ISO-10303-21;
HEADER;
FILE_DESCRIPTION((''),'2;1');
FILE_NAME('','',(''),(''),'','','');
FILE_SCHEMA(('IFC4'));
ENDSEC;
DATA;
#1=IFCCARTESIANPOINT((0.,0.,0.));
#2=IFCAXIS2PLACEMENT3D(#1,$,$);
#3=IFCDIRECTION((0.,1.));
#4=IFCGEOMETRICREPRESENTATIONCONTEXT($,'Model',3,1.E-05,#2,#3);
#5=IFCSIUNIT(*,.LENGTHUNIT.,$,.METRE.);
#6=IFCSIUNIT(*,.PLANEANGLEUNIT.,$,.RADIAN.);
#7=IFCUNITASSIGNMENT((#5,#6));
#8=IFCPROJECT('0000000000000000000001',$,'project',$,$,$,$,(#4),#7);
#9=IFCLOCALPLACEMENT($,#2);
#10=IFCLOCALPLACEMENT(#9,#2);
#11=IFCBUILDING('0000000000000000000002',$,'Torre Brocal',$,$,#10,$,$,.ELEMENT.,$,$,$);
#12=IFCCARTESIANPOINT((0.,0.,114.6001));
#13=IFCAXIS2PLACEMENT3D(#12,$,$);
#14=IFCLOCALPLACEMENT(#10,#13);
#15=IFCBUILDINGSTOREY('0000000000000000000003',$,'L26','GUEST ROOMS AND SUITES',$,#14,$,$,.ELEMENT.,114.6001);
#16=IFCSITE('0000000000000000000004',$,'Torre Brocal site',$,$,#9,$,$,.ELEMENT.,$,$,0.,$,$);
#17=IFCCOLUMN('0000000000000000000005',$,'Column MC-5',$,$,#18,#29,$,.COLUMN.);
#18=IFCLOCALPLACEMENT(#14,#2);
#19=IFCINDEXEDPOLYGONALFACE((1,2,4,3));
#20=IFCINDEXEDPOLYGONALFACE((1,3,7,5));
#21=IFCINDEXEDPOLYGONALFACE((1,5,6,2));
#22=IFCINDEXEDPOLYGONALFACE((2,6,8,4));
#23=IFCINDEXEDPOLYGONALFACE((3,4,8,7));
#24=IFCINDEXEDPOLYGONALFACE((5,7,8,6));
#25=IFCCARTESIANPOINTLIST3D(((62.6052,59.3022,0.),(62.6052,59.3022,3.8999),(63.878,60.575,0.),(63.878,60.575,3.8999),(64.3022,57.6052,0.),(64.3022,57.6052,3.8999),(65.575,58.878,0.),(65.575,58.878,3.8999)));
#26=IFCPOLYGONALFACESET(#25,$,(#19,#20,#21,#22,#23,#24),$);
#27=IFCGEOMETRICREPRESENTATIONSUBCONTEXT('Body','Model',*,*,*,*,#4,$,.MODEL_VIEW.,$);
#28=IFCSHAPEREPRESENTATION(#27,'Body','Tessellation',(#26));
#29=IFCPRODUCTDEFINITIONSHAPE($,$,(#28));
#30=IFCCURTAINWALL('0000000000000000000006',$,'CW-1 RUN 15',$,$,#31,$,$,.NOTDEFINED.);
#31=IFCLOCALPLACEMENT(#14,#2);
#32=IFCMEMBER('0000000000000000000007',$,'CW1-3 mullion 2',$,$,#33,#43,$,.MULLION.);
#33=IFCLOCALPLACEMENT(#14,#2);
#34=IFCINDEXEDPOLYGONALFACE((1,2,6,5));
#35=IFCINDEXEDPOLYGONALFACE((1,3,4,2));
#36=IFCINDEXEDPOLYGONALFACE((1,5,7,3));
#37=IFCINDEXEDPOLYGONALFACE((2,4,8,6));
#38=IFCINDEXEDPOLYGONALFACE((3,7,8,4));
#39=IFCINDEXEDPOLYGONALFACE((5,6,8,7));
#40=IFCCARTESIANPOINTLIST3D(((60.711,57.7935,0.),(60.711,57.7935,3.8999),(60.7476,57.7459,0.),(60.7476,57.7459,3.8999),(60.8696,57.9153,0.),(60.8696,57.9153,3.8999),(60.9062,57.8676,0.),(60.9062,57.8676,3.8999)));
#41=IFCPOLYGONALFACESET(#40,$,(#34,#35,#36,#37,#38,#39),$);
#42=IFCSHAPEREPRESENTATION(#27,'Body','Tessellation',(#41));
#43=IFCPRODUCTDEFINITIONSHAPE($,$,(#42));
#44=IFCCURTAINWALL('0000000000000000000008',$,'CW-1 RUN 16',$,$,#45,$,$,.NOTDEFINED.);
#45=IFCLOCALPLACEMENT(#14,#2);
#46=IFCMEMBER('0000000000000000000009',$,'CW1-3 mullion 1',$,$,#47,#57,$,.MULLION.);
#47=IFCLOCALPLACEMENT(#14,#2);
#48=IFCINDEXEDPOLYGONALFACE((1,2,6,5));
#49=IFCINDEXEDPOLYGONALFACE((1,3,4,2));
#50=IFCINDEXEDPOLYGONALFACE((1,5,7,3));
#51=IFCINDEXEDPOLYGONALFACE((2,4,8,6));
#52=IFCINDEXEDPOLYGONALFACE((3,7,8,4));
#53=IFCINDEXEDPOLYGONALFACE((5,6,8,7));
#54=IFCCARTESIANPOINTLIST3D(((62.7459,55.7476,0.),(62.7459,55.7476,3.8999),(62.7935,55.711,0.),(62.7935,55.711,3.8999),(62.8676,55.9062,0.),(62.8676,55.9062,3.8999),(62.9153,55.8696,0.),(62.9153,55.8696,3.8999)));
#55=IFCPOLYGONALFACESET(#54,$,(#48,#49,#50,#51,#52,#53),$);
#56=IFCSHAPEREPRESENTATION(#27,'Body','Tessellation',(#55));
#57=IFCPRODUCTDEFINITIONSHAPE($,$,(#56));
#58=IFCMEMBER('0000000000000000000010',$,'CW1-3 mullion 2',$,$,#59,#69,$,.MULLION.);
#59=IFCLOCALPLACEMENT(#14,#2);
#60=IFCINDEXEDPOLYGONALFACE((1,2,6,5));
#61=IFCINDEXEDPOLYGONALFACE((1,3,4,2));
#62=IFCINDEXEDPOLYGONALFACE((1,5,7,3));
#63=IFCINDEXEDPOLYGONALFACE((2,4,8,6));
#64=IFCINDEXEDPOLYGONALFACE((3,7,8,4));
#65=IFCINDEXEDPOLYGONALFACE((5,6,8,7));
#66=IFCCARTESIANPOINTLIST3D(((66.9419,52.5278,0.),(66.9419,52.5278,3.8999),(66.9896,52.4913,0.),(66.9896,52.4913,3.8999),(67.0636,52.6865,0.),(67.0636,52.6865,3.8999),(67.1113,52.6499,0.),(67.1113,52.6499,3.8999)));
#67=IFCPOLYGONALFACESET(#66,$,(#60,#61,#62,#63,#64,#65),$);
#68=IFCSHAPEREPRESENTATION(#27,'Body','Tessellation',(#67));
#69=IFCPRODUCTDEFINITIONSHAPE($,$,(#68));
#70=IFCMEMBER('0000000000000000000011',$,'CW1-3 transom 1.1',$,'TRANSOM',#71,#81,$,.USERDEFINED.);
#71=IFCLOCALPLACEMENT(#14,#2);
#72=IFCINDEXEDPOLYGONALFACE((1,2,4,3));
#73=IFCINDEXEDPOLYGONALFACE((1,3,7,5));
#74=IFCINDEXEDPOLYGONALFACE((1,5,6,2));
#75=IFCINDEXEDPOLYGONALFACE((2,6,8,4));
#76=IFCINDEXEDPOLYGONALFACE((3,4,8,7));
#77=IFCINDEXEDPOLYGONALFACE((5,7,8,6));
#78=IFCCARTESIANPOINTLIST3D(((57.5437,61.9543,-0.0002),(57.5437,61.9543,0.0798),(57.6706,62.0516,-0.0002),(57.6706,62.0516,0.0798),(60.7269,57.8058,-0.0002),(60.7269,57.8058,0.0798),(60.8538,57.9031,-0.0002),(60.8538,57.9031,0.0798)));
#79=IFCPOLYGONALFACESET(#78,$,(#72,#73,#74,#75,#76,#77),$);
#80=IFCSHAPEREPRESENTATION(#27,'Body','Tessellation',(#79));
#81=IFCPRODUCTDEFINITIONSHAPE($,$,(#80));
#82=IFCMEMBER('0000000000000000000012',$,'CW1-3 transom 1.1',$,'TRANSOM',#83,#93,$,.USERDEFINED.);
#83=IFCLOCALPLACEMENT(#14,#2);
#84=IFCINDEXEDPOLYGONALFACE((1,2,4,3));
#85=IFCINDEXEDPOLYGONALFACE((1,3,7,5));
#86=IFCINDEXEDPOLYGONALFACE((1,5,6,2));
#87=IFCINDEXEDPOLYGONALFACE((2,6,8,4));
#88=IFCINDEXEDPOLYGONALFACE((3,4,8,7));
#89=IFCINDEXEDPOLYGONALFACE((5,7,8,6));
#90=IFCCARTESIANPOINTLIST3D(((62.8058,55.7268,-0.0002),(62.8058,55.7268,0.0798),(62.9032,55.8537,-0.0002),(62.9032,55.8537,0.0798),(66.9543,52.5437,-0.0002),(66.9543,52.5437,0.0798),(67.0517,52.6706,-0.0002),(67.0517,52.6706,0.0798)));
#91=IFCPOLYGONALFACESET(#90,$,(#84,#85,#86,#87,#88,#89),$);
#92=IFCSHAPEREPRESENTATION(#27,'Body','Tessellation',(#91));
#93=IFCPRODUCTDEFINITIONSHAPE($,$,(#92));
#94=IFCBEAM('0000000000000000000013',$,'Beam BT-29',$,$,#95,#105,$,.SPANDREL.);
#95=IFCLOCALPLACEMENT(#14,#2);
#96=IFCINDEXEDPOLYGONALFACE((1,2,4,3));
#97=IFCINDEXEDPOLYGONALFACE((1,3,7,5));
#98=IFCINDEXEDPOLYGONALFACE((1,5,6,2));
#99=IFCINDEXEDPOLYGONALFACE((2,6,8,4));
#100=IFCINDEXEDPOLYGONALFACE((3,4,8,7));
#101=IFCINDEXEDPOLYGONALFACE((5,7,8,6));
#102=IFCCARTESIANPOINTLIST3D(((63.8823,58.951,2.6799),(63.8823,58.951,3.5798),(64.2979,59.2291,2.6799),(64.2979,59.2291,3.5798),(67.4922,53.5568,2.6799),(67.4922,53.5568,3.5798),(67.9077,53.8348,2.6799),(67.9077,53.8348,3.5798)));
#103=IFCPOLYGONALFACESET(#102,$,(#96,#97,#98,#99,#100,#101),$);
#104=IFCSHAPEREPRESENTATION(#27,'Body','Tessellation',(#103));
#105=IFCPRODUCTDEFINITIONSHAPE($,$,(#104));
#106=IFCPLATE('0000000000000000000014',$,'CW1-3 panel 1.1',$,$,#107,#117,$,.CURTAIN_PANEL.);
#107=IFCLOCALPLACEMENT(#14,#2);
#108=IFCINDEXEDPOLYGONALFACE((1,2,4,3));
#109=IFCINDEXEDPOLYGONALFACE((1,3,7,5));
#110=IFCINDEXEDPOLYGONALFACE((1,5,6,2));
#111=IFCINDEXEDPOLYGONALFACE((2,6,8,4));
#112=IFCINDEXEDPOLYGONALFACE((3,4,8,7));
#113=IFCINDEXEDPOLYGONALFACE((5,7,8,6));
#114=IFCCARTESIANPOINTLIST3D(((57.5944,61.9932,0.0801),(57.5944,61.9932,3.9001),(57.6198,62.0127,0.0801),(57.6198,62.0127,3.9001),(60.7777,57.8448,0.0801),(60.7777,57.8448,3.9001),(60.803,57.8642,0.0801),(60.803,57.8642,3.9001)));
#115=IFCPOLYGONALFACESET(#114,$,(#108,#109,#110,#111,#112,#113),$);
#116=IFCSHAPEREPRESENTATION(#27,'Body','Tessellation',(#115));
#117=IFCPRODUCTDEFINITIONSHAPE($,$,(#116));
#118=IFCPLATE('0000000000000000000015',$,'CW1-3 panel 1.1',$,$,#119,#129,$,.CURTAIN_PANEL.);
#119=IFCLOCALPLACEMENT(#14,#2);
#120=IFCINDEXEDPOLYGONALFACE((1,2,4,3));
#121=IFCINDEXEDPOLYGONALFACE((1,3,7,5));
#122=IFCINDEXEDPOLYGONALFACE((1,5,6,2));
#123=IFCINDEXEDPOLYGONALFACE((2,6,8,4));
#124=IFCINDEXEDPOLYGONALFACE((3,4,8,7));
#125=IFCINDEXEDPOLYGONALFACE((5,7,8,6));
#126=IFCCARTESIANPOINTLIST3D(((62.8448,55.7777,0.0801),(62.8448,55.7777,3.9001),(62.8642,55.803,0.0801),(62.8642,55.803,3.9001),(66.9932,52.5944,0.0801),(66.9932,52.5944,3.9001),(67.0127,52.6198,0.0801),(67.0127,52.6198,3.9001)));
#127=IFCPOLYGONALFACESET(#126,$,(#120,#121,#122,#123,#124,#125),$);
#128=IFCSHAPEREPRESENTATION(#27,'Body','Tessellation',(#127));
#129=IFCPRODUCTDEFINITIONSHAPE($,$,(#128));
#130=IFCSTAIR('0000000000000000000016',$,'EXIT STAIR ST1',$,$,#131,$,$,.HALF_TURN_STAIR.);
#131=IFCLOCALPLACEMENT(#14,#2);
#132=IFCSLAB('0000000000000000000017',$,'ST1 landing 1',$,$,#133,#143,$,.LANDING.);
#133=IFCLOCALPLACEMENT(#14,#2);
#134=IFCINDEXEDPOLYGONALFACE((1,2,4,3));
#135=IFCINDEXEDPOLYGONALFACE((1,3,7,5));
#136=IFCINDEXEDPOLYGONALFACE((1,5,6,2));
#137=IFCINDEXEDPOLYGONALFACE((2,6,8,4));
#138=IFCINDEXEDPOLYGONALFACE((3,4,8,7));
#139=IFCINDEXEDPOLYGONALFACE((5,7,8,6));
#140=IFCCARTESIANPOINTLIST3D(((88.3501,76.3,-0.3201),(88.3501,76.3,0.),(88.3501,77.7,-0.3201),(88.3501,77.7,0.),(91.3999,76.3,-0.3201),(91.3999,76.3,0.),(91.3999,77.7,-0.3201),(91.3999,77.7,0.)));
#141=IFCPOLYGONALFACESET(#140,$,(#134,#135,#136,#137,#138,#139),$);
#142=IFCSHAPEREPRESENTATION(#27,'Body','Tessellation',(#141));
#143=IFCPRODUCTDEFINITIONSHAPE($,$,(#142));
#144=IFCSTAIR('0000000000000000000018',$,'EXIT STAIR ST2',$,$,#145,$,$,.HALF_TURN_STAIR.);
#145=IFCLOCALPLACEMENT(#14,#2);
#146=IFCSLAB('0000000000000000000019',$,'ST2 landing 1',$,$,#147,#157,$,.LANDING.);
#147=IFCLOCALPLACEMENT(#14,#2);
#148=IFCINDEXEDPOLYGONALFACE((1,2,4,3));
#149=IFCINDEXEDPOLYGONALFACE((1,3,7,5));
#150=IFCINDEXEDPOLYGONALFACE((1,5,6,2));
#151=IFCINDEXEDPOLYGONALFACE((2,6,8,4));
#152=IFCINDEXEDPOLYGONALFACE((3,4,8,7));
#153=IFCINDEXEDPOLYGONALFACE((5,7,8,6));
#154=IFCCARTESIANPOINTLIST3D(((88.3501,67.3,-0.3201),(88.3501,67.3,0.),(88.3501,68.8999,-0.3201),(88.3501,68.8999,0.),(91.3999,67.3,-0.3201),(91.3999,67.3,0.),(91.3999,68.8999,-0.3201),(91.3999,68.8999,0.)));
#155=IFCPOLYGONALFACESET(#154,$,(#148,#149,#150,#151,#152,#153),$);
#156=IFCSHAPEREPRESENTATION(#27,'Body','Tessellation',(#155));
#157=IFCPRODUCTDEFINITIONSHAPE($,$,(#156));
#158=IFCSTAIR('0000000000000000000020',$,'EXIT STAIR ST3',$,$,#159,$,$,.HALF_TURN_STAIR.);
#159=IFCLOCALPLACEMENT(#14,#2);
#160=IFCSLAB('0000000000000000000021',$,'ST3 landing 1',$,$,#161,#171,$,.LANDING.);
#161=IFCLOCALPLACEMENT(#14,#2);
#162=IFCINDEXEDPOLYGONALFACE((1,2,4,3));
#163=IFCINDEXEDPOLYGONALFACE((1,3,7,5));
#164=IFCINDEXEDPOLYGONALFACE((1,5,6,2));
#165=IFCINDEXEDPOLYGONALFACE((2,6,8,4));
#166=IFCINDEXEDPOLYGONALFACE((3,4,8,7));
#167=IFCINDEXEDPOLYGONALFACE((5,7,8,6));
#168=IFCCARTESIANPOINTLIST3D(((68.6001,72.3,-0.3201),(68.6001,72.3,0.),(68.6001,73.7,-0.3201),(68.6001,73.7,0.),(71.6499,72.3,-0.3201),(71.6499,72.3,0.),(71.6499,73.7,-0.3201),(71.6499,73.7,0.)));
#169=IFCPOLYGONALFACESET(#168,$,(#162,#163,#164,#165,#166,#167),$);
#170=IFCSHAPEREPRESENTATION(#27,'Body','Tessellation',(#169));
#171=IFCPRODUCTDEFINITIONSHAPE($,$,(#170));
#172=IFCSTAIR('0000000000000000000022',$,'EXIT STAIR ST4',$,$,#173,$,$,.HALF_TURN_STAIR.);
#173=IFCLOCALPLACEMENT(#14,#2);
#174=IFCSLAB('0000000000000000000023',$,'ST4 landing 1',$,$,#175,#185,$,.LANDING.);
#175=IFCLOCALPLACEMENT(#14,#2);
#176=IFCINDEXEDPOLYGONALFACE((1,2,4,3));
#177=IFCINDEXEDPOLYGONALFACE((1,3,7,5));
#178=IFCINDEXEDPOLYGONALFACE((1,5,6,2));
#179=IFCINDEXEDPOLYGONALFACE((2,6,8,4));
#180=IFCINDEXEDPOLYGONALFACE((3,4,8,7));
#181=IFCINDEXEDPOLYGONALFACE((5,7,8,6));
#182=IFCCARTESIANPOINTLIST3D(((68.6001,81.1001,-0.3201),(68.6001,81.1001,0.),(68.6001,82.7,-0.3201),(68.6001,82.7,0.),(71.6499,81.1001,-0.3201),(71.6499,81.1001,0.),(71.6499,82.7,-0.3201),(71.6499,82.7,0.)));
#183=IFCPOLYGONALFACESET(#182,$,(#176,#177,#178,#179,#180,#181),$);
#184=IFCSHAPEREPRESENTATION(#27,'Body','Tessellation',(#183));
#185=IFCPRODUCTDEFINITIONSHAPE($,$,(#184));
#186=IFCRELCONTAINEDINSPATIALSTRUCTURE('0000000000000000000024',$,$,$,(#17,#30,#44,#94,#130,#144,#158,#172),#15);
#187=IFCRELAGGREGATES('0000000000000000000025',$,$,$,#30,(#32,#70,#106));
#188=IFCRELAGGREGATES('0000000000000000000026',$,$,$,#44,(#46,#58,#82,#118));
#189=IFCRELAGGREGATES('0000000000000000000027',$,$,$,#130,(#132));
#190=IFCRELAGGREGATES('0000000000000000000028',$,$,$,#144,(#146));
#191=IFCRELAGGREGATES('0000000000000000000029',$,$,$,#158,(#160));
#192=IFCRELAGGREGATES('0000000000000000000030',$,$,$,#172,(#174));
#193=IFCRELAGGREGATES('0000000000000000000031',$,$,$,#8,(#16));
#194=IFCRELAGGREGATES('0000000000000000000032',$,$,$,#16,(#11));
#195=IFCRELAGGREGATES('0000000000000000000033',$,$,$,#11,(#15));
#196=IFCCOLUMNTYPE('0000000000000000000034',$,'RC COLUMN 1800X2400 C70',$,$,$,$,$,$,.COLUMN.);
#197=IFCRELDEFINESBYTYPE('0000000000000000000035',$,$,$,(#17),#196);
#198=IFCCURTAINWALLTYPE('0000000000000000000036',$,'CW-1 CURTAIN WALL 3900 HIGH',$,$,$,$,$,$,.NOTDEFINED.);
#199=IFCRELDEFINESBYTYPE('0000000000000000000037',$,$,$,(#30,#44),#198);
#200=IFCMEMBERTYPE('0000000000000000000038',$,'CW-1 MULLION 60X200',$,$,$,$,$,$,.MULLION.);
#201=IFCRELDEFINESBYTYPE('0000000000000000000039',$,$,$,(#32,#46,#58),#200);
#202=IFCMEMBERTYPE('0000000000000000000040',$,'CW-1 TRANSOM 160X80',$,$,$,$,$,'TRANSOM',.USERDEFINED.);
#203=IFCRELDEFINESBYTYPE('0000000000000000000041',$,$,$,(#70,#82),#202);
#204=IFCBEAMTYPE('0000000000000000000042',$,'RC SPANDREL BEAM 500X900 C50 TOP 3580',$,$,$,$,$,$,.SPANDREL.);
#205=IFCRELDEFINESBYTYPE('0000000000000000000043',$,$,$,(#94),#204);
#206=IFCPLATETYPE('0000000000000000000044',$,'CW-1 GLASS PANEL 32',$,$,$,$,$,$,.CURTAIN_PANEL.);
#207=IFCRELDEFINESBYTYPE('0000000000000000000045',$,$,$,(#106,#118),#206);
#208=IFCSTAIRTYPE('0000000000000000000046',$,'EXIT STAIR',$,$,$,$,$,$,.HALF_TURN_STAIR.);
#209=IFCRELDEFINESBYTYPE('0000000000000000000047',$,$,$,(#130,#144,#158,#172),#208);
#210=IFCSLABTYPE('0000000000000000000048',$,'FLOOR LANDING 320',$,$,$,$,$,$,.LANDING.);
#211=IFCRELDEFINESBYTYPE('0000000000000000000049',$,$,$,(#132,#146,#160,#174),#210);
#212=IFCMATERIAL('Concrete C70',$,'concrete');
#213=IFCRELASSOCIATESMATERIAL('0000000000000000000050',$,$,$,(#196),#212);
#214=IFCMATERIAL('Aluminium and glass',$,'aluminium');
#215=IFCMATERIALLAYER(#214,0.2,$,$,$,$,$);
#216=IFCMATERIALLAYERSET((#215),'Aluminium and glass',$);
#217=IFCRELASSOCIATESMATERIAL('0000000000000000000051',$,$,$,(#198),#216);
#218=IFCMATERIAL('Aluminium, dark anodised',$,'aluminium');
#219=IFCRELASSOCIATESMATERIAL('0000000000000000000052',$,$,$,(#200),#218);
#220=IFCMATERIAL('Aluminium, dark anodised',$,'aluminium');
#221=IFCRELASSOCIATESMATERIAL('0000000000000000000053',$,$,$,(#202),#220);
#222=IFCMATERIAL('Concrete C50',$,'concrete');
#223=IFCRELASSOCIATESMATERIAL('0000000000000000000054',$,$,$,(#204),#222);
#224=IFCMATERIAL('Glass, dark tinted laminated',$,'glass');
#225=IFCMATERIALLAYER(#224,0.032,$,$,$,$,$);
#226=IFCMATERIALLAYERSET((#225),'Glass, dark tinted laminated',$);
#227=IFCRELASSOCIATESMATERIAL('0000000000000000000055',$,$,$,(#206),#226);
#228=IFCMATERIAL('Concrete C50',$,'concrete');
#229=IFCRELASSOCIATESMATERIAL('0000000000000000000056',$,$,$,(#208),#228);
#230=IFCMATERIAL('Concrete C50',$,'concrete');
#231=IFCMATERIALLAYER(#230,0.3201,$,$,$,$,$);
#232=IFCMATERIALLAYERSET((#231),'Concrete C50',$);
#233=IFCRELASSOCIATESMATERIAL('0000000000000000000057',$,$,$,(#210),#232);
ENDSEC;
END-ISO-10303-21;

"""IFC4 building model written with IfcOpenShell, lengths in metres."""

from ifc_helpers import new_model, si_unit, direction, frame, origin, origin_2d, place, context, subcontext, project, spatial, polyline, rectangle, outline, extrude, material, layer, layer_set, material_profile, profile_set, type_object, element, aggregate, save


model = new_model("IFC4")

# Units and contexts
model_context = context("Model", 3, precision=1e-05, world=origin(), true_north=direction((0.0, 1.0)))
body_context = subcontext(model_context, "Body", "Model", "MODEL_VIEW")
ifc_project = project(units=[si_unit("LENGTHUNIT", "METRE"), si_unit("PLANEANGLEUNIT", "RADIAN")], contexts=[model_context])

# Site, building, storey
site_placement = place(None, origin())
site = spatial("IfcSite", under=ifc_project, at=site_placement, Name="Torre Brocal site", CompositionType="ELEMENT", RefElevation=0.0)
building_placement = place(site_placement, origin())
building = spatial("IfcBuilding", under=site, at=building_placement, Name="Torre Brocal", CompositionType="ELEMENT")
storey_placement = place(building_placement, frame((0.0, 0.0, 114.6001)))
storey = spatial("IfcBuildingStorey", under=building, at=storey_placement, Name="L26", Description="GUEST ROOMS AND SUITES", CompositionType="ELEMENT", Elevation=114.6001)

# Column
ifc_material_1 = material(Name="Concrete C70", Category="concrete")
ifc_material_profile_1 = material_profile(ifc_material_1, rectangle(XDim=1.8, YDim=2.3999, at=origin_2d()), Name="RC 1800X2400")
ifc_profile_set_1 = profile_set([ifc_material_profile_1], Name="Concrete C70")
column_type = type_object("IfcColumnType", Name="RC COLUMN 1800X2400 C70", PredefinedType="COLUMN", material=ifc_profile_set_1)
column_placement = place(storey_placement, frame((64.0901, 59.0901, 0.0), z_axis=(0.0, 0.0, 1.0), x_axis=(-0.707107, -0.707107, 0.0)))
element("IfcColumn", 1, at=column_placement, inside=storey, type_object=column_type, Name="Column MC-5", PredefinedType="COLUMN", context=body_context, shape_type="SweptSolid", body=[
    extrude(rectangle(XDim=1.8, YDim=2.3999, at=origin_2d()), origin(), (0.0, 0.0, 1.0), 3.8999),
])

# Curtain wall, member
ifc_material_2 = material(Name="Aluminium and glass", Category="aluminium")
ifc_layer_1 = layer(ifc_material_2, 0.2)
ifc_layer_set_1 = layer_set([ifc_layer_1], Name="Aluminium and glass")
curtain_wall_type = type_object("IfcCurtainWallType", Name="CW-1 CURTAIN WALL 3900 HIGH", PredefinedType="NOTDEFINED", material=ifc_layer_set_1)
curtain_wall_1_placement = place(storey_placement, origin())
curtain_wall_1 = element("IfcCurtainWall", 2, at=curtain_wall_1_placement, inside=storey, type_object=curtain_wall_type, Name="CW-1 RUN 15", PredefinedType="NOTDEFINED")
ifc_material_3 = material(Name="Aluminium, dark anodised", Category="aluminium")
ifc_material_profile_2 = material_profile(ifc_material_3, rectangle(XDim=0.2, YDim=0.0601, at=origin_2d()), Name="CW-1 MULLION 60X200")
ifc_profile_set_2 = profile_set([ifc_material_profile_2], Name="Aluminium, dark anodised")
member_type_1 = type_object("IfcMemberType", Name="CW-1 MULLION 60X200", PredefinedType="MULLION", material=ifc_profile_set_2)
member_1_placement = place(storey_placement, frame((60.8086, 57.8306, 0.0), z_axis=(0.0, 0.0, 1.0), x_axis=(0.793353, 0.608761, 0.0)))
member_1 = element("IfcMember", 3, at=member_1_placement, type_object=member_type_1, Name="CW1-3 mullion 2", PredefinedType="MULLION", context=body_context, shape_type="SweptSolid", body=[
    extrude(rectangle(XDim=0.2, YDim=0.0601, at=origin_2d()), origin(), (0.0, 0.0, 1.0), 3.8999),
])

# Curtain wall, members
curtain_wall_2_placement = place(storey_placement, origin())
curtain_wall_2 = element("IfcCurtainWall", 4, at=curtain_wall_2_placement, inside=storey, type_object=curtain_wall_type, Name="CW-1 RUN 16", PredefinedType="NOTDEFINED")
member_2_placement = place(storey_placement, frame((62.8306, 55.8086, 0.0), z_axis=(0.0, 0.0, 1.0), x_axis=(0.608761, 0.793353, 0.0)))
member_2 = element("IfcMember", 5, at=member_2_placement, type_object=member_type_1, Name="CW1-3 mullion 1", PredefinedType="MULLION", context=body_context, shape_type="SweptSolid", body=[
    extrude(rectangle(XDim=0.2, YDim=0.0601, at=origin_2d()), origin(), (0.0, 0.0, 1.0), 3.8999),
])
member_3_placement = place(storey_placement, frame((67.0266, 52.5889, 0.0), z_axis=(0.0, 0.0, 1.0), x_axis=(0.608761, 0.793353, 0.0)))
member_3 = element("IfcMember", 6, at=member_3_placement, type_object=member_type_1, Name="CW1-3 mullion 2", PredefinedType="MULLION", context=body_context, shape_type="SweptSolid", body=[
    extrude(rectangle(XDim=0.2, YDim=0.0601, at=origin_2d()), origin(), (0.0, 0.0, 1.0), 3.8999),
])

# Members
ifc_material_4 = material(Name="Aluminium, dark anodised", Category="aluminium")
ifc_material_profile_3 = material_profile(ifc_material_4, rectangle(XDim=0.1599, YDim=0.0801, at=origin_2d()), Name="CW-1 TRANSOM 160X80")
ifc_profile_set_3 = profile_set([ifc_material_profile_3], Name="Aluminium, dark anodised")
member_type_2 = type_object("IfcMemberType", Name="CW-1 TRANSOM 160X80", ElementType="TRANSOM", PredefinedType="USERDEFINED", material=ifc_profile_set_3)
member_4_placement = place(storey_placement, frame((57.6072, 62.0029, 0.0398), z_axis=(0.608749, -0.793363, 0.0), x_axis=(0.793363, 0.608749, 0.0)))
member_4 = element("IfcMember", 7, at=member_4_placement, type_object=member_type_2, Name="CW1-3 transom 1.1", ObjectType="TRANSOM", PredefinedType="USERDEFINED", context=body_context, shape_type="SweptSolid", body=[
    extrude(rectangle(XDim=0.1599, YDim=0.0801, at=origin_2d()), origin(), (0.0, 0.0, 1.0), 5.229),
])
member_5_placement = place(storey_placement, frame((62.8545, 55.7903, 0.0398), z_axis=(0.793363, -0.608749, 0.0), x_axis=(0.608749, 0.793363, 0.0)))
member_5 = element("IfcMember", 8, at=member_5_placement, type_object=member_type_2, Name="CW1-3 transom 1.1", ObjectType="TRANSOM", PredefinedType="USERDEFINED", context=body_context, shape_type="SweptSolid", body=[
    extrude(rectangle(XDim=0.1599, YDim=0.0801, at=origin_2d()), origin(), (0.0, 0.0, 1.0), 5.229),
])

# Beam
ifc_material_5 = material(Name="Concrete C50", Category="concrete")
ifc_material_profile_4 = material_profile(ifc_material_5, rectangle(XDim=0.5, YDim=0.8999, at=origin_2d()), Name="RC 500X900")
ifc_profile_set_4 = profile_set([ifc_material_profile_4], Name="Concrete C50")
beam_type = type_object("IfcBeamType", Name="RC SPANDREL BEAM 500X900 C50 TOP 3580", PredefinedType="SPANDREL", material=ifc_profile_set_4)
beam_placement = place(storey_placement, frame((64.0901, 59.0901, 3.1299), z_axis=(0.556158, -0.831077, 0.0), x_axis=(0.831077, 0.556158, 0.0)))
element("IfcBeam", 9, at=beam_placement, inside=storey, type_object=beam_type, Name="Beam BT-29", PredefinedType="SPANDREL", context=body_context, shape_type="SweptSolid", body=[
    extrude(rectangle(XDim=0.5, YDim=0.8999, at=origin_2d()), origin(), (0.0, 0.0, 1.0), 6.4907),
])

# Plates
ifc_material_6 = material(Name="Glass, dark tinted laminated", Category="glass")
ifc_layer_2 = layer(ifc_material_6, 0.032)
ifc_layer_set_2 = layer_set([ifc_layer_2], Name="Glass, dark tinted laminated")
plate_type = type_object("IfcPlateType", Name="CW-1 GLASS PANEL 32", PredefinedType="CURTAIN_PANEL", material=ifc_layer_set_2)
plate_1_placement = place(storey_placement, frame((59.1987, 59.9287, 0.0801), z_axis=(0.0, 0.0, 1.0), x_axis=(0.608761, -0.793353, 0.0)))
plate_1 = element("IfcPlate", 10, at=plate_1_placement, type_object=plate_type, Name="CW1-3 panel 1.1", PredefinedType="CURTAIN_PANEL", context=body_context, shape_type="SweptSolid", body=[
    extrude(rectangle(XDim=5.229, YDim=0.032, at=origin_2d()), origin(), (0.0, 0.0, 1.0), 3.8201),
])
aggregate(curtain_wall_1, [member_1, member_4, plate_1])
plate_2_placement = place(storey_placement, frame((64.9287, 54.1987, 0.0801), z_axis=(0.0, 0.0, 1.0), x_axis=(0.793353, -0.608761, 0.0)))
plate_2 = element("IfcPlate", 11, at=plate_2_placement, type_object=plate_type, Name="CW1-3 panel 1.1", PredefinedType="CURTAIN_PANEL", context=body_context, shape_type="SweptSolid", body=[
    extrude(rectangle(XDim=5.229, YDim=0.032, at=origin_2d()), origin(), (0.0, 0.0, 1.0), 3.8201),
])
aggregate(curtain_wall_2, [member_2, member_3, member_5, plate_2])

# Stairs, slabs
ifc_material_7 = material(Name="Concrete C50", Category="concrete")
stair_type = type_object("IfcStairType", Name="EXIT STAIR", PredefinedType="HALF_TURN_STAIR", material=ifc_material_7)
stair_1_placement = place(storey_placement, origin())
stair_1 = element("IfcStair", 12, at=stair_1_placement, inside=storey, type_object=stair_type, Name="EXIT STAIR ST1", PredefinedType="HALF_TURN_STAIR")
ifc_material_8 = material(Name="Concrete C50", Category="concrete")
ifc_layer_3 = layer(ifc_material_8, 0.3201)
ifc_layer_set_3 = layer_set([ifc_layer_3], Name="Concrete C50")
slab_type_1 = type_object("IfcSlabType", Name="FLOOR LANDING 320", PredefinedType="LANDING", material=ifc_layer_set_3)
slab_1_placement = place(storey_placement, frame((0.0, 0.0, -0.3201)))
slab_1 = element("IfcSlab", 13, at=slab_1_placement, type_object=slab_type_1, Name="ST1 landing 1", PredefinedType="LANDING", context=body_context, shape_type="SweptSolid", body=[
    extrude(outline(polyline([(88.3501, 76.3), (91.3999, 76.3), (91.3999, 77.7), (88.3501, 77.7), (88.3501, 76.3)])), origin(), (0.0, 0.0, 1.0), 0.3201),
])
stair_2_placement = place(storey_placement, origin())
stair_2 = element("IfcStair", 14, at=stair_2_placement, inside=storey, type_object=stair_type, Name="EXIT STAIR ST2", PredefinedType="HALF_TURN_STAIR")
slab_2_placement = place(storey_placement, frame((0.0, 0.0, -0.3201)))
slab_2 = element("IfcSlab", 15, at=slab_2_placement, type_object=slab_type_1, Name="ST2 landing 1", PredefinedType="LANDING", context=body_context, shape_type="SweptSolid", body=[
    extrude(outline(polyline([(88.3501, 67.3), (91.3999, 67.3), (91.3999, 68.8999), (88.3501, 68.8999), (88.3501, 67.3)])), origin(), (0.0, 0.0, 1.0), 0.3201),
])
stair_3_placement = place(storey_placement, origin())
stair_3 = element("IfcStair", 16, at=stair_3_placement, inside=storey, type_object=stair_type, Name="EXIT STAIR ST3", PredefinedType="HALF_TURN_STAIR")
slab_3_placement = place(storey_placement, frame((0.0, 0.0, -0.3201)))
slab_3 = element("IfcSlab", 17, at=slab_3_placement, type_object=slab_type_1, Name="ST3 landing 1", PredefinedType="LANDING", context=body_context, shape_type="SweptSolid", body=[
    extrude(outline(polyline([(71.6499, 73.7), (68.6001, 73.7), (68.6001, 72.3), (71.6499, 72.3), (71.6499, 73.7)])), origin(), (0.0, 0.0, 1.0), 0.3201),
])
stair_4_placement = place(storey_placement, origin())
stair_4 = element("IfcStair", 18, at=stair_4_placement, inside=storey, type_object=stair_type, Name="EXIT STAIR ST4", PredefinedType="HALF_TURN_STAIR")
slab_4_placement = place(storey_placement, frame((0.0, 0.0, -0.3201)))
slab_4 = element("IfcSlab", 19, at=slab_4_placement, type_object=slab_type_1, Name="ST4 landing 1", PredefinedType="LANDING", context=body_context, shape_type="SweptSolid", body=[
    extrude(outline(polyline([(71.6499, 82.7), (68.6001, 82.7), (68.6001, 81.1001), (71.6499, 81.1001), (71.6499, 82.7)])), origin(), (0.0, 0.0, 1.0), 0.3201),
])

aggregate(stair_1, [slab_1])
aggregate(stair_2, [slab_2])
aggregate(stair_3, [slab_3])
aggregate(stair_4, [slab_4])

save(model, "model.ifc")
